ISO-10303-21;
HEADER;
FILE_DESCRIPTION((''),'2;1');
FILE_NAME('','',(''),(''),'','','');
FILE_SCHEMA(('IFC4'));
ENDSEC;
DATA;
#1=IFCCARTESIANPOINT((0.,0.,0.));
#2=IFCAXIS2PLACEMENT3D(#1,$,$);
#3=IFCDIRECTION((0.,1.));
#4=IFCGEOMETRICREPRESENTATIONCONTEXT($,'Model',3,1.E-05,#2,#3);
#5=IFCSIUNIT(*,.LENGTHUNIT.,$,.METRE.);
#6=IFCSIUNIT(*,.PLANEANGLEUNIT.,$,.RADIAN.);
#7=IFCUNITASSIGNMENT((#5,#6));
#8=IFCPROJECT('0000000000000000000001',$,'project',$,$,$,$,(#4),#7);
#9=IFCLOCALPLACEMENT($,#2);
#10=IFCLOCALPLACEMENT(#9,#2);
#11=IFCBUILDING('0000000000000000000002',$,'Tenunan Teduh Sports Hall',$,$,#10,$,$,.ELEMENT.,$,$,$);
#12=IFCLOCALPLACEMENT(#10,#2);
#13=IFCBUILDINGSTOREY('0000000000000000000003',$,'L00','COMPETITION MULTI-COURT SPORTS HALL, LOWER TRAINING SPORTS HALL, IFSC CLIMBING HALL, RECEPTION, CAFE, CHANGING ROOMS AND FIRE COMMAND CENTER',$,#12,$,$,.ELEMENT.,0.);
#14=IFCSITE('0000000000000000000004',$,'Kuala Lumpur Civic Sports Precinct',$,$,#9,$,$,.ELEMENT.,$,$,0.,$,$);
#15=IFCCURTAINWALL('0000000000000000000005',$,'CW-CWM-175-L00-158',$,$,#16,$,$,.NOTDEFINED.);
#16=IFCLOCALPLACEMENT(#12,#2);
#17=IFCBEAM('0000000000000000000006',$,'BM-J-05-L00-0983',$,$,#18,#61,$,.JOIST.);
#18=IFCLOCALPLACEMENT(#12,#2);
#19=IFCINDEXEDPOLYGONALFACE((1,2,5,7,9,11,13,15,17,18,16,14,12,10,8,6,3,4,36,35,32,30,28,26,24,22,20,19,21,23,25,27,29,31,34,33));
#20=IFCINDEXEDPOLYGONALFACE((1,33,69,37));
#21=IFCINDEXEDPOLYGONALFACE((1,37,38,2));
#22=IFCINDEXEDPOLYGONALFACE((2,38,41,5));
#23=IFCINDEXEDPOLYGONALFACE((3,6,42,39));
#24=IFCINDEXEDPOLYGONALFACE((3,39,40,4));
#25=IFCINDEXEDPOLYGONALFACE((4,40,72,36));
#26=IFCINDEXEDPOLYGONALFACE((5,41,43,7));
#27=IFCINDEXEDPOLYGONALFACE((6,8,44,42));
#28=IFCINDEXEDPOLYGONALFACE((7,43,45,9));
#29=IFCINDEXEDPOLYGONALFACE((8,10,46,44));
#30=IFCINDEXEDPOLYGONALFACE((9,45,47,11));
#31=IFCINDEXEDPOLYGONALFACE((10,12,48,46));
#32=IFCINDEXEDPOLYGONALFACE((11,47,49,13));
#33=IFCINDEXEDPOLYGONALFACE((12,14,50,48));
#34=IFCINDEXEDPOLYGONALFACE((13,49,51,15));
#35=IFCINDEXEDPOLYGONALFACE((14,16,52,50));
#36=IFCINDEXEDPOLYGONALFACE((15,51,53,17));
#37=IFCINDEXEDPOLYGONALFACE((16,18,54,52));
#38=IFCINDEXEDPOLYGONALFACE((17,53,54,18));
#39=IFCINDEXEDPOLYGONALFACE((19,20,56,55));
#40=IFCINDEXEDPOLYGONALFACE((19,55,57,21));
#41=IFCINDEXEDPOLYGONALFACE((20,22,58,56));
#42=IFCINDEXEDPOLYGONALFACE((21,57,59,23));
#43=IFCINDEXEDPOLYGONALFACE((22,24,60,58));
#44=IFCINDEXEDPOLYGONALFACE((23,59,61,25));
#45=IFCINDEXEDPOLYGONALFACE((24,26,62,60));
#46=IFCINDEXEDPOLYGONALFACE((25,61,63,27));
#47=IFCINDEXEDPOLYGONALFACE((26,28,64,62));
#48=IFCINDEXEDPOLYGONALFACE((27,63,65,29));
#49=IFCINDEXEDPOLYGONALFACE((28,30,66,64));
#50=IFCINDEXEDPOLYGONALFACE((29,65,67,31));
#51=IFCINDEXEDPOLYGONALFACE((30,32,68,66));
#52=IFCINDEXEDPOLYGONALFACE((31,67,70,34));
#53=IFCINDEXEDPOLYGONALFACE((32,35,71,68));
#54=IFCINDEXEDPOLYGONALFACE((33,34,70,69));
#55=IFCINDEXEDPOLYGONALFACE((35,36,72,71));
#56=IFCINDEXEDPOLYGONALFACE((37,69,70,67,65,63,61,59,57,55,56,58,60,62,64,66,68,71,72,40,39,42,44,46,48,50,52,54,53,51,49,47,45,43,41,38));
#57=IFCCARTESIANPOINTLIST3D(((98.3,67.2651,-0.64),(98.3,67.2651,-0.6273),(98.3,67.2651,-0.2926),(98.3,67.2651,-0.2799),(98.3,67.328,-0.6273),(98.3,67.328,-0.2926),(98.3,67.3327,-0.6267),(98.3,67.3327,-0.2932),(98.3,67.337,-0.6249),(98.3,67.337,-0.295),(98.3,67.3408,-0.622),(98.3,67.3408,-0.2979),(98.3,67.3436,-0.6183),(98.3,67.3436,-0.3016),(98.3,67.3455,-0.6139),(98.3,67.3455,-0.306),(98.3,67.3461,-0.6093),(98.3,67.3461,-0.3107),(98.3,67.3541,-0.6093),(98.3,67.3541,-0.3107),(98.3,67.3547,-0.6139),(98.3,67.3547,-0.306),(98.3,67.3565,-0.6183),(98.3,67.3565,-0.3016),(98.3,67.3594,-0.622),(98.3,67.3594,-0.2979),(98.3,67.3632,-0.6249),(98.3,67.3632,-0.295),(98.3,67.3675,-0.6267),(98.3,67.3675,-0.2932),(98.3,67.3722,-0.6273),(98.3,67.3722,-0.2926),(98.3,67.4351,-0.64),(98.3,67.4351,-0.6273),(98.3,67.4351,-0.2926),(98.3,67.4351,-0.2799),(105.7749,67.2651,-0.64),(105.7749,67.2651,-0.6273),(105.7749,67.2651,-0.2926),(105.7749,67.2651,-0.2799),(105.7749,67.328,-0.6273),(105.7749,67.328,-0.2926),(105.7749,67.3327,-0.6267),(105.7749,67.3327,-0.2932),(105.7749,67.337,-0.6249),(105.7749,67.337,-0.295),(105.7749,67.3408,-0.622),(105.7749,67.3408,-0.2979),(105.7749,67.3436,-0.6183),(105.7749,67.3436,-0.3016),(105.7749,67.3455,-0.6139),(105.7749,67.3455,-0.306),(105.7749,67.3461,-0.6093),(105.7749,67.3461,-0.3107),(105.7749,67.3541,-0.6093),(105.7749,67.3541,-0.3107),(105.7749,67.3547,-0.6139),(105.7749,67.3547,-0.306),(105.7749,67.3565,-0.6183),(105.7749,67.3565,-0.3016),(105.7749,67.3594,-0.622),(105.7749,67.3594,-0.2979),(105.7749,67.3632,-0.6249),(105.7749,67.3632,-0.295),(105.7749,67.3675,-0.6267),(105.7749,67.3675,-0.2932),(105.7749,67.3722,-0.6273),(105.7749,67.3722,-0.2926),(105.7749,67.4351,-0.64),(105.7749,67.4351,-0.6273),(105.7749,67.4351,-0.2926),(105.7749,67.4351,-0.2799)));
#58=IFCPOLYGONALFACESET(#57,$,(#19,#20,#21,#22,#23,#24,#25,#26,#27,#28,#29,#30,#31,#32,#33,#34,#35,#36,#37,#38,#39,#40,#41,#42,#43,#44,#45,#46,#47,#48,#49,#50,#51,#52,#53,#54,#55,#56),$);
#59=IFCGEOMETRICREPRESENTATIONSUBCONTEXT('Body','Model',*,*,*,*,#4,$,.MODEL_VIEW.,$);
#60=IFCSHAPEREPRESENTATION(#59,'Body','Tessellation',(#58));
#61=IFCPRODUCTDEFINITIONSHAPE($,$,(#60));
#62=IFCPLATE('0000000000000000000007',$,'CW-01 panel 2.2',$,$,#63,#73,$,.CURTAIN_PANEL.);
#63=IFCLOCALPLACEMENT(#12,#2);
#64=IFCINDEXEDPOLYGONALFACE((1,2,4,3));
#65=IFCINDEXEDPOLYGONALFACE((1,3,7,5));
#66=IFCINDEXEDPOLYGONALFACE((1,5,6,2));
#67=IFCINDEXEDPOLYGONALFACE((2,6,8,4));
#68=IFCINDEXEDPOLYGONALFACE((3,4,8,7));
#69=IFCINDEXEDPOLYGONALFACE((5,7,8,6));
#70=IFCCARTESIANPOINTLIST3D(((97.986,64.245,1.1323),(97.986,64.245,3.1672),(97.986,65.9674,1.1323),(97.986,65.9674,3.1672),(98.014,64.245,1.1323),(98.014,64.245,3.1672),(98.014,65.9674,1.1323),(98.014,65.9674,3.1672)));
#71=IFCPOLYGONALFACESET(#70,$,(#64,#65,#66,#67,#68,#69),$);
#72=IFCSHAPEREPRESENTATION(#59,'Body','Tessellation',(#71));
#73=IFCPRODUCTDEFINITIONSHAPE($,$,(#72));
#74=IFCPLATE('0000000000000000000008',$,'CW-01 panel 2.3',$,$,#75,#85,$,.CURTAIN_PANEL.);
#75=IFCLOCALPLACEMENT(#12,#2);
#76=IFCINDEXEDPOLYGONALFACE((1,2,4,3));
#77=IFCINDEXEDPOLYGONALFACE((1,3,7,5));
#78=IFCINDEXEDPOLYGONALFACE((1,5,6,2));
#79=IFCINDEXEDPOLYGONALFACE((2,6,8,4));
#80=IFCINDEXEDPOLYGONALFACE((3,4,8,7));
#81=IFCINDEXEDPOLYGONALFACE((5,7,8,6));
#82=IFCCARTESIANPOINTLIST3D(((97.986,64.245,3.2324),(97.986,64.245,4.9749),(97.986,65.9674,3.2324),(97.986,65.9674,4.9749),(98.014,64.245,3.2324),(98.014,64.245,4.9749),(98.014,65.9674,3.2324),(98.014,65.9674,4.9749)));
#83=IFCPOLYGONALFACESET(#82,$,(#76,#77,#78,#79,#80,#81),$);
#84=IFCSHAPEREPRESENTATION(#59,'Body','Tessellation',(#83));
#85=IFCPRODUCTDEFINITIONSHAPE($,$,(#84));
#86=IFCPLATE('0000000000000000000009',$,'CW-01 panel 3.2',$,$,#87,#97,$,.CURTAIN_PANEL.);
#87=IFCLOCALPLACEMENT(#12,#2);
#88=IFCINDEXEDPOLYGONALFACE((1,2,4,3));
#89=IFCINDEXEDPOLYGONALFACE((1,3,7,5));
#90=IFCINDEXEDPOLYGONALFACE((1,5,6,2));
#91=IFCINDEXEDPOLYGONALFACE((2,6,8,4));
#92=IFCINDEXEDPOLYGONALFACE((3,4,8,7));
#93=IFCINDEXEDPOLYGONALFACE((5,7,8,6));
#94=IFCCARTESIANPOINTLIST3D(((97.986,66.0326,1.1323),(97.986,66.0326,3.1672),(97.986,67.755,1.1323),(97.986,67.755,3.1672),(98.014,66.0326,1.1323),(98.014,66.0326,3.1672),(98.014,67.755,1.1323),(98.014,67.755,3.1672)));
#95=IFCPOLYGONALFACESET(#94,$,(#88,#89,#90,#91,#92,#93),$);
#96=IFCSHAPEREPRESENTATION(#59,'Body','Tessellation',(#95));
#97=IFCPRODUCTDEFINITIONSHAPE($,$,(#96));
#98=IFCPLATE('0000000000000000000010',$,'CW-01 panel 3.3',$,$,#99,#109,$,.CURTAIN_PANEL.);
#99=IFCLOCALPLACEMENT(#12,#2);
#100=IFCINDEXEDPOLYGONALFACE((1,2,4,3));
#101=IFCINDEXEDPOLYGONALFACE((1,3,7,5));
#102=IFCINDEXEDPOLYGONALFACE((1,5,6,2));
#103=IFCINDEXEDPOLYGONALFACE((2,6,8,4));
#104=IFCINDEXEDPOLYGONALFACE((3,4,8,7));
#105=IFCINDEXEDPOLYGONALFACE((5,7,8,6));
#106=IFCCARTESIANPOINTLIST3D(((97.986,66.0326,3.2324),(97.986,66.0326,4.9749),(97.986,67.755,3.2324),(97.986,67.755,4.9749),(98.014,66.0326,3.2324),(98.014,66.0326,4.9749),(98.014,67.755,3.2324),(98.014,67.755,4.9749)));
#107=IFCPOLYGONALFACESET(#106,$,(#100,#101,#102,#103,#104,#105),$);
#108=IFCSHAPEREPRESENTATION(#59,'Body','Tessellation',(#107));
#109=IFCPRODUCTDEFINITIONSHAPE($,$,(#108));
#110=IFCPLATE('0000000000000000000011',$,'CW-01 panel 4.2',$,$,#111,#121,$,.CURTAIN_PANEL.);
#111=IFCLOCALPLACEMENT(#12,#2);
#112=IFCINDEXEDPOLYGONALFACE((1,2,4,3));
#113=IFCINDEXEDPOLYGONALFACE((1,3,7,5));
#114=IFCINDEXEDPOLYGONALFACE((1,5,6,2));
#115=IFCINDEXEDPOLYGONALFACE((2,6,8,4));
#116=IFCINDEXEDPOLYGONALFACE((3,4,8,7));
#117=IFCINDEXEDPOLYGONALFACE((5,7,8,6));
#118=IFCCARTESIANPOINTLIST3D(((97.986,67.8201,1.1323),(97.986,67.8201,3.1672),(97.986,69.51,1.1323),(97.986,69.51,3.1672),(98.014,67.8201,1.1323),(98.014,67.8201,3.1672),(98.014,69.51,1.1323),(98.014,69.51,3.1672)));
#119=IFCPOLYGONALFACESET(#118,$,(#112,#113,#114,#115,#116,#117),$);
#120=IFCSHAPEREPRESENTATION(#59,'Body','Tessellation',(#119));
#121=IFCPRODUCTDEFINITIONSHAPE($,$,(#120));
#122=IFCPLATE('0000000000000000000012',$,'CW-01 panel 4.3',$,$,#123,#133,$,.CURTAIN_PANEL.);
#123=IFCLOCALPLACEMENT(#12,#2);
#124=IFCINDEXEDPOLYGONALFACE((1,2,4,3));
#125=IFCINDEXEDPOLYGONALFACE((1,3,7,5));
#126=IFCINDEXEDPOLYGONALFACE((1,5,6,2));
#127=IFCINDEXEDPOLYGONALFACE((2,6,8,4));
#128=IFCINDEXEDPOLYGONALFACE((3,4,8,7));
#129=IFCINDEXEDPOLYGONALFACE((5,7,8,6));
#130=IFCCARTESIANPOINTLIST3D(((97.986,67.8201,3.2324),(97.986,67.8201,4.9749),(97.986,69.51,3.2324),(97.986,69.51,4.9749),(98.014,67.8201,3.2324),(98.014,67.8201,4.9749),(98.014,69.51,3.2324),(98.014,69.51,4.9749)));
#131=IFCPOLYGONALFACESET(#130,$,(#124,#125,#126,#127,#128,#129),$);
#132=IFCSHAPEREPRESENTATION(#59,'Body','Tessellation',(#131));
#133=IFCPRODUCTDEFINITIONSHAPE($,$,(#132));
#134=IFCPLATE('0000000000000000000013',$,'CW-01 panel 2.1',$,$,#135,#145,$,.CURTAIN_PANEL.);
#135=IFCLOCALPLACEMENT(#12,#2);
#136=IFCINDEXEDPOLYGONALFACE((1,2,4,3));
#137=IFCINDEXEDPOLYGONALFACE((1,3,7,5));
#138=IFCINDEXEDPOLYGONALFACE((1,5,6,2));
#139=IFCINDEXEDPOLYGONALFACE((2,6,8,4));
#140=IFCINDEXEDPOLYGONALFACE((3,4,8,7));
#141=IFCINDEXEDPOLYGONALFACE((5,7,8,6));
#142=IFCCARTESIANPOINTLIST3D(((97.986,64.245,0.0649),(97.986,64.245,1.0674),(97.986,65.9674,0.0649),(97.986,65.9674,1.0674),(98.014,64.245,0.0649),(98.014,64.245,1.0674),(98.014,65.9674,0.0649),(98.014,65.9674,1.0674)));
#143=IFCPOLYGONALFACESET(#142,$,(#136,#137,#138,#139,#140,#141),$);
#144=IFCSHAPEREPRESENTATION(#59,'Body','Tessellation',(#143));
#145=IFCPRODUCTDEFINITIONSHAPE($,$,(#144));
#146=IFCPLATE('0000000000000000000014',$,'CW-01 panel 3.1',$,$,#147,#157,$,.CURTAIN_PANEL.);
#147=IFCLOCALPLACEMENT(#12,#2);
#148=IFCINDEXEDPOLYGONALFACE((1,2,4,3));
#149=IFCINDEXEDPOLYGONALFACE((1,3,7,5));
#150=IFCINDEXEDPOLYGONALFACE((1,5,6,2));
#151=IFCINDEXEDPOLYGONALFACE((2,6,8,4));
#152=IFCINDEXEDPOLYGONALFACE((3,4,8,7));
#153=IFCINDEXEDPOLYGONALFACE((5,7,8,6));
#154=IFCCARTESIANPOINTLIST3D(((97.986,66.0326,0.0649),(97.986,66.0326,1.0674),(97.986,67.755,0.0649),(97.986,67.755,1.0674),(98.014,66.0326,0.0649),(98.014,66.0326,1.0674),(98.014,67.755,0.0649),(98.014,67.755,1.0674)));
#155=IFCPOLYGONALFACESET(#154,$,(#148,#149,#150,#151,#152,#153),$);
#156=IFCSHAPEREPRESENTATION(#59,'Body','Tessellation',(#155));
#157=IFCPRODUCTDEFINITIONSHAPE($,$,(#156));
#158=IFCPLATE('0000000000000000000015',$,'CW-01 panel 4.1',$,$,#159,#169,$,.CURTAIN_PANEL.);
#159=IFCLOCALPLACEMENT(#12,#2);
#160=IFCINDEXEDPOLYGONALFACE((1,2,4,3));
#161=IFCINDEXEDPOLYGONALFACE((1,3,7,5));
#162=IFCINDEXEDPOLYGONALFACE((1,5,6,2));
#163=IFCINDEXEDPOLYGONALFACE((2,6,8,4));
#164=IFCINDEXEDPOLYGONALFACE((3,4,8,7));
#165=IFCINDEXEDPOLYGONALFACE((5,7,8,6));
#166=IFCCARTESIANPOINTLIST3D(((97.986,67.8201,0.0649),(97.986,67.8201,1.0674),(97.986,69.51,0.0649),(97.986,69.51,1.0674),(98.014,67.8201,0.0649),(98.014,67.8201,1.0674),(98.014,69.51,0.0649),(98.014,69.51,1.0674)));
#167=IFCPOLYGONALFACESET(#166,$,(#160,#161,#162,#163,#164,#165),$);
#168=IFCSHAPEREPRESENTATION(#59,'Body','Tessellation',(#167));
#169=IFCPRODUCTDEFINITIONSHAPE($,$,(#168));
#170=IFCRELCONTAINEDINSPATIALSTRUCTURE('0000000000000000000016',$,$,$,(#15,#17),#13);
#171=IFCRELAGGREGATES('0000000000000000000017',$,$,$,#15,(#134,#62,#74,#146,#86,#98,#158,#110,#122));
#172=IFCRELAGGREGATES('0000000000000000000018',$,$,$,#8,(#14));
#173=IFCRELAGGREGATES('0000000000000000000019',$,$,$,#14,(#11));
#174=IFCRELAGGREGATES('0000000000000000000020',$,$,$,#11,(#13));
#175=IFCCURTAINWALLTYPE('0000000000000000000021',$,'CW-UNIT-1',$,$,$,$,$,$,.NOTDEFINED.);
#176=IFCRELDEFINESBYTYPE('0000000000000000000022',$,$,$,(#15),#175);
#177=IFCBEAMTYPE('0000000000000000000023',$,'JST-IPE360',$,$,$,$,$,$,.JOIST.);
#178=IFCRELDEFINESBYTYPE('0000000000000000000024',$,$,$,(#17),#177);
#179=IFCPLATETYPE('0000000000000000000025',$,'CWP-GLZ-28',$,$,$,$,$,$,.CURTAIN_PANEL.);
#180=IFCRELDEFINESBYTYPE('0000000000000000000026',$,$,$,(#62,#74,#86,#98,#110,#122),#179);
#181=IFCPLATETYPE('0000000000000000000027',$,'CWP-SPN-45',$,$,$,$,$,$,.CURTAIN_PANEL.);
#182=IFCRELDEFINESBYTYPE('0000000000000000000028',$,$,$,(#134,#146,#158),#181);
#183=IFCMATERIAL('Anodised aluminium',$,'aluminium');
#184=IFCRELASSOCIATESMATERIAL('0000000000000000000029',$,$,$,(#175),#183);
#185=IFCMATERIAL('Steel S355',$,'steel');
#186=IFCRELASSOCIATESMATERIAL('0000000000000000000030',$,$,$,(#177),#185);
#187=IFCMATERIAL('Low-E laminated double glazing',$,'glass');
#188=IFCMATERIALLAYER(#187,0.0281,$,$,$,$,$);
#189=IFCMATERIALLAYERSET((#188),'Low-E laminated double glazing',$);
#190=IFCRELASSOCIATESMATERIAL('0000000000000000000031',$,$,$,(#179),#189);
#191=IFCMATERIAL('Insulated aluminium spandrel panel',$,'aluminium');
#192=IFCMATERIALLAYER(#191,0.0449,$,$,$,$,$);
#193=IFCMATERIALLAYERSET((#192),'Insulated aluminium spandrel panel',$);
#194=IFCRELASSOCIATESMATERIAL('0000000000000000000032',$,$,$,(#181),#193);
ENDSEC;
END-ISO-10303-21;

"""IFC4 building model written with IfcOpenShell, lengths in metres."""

from ifc_helpers import new_model, si_unit, direction, frame, origin, origin_2d, place, context, subcontext, project, spatial, rectangle, i_section, extrude, material, layer, layer_set, material_profile, profile_set, type_object, element, aggregate, save


model = new_model("IFC4")

# Units and contexts
model_context = context("Model", 3, precision=1e-05, world=origin(), true_north=direction((0.0, 1.0)))
body_context = subcontext(model_context, "Body", "Model", "MODEL_VIEW")
ifc_project = project(units=[si_unit("LENGTHUNIT", "METRE"), si_unit("PLANEANGLEUNIT", "RADIAN")], contexts=[model_context])

# Site, building, storey
site_placement = place(None, origin())
site = spatial("IfcSite", under=ifc_project, at=site_placement, Name="Kuala Lumpur Civic Sports Precinct", CompositionType="ELEMENT", RefElevation=0.0)
building_placement = place(site_placement, origin())
building = spatial("IfcBuilding", under=site, at=building_placement, Name="Tenunan Teduh Sports Hall", CompositionType="ELEMENT")
storey_placement = place(building_placement, origin())
storey = spatial("IfcBuildingStorey", under=building, at=storey_placement, Name="L00", Description="COMPETITION MULTI-COURT SPORTS HALL, LOWER TRAINING SPORTS HALL, IFSC CLIMBING HALL, RECEPTION, CAFE, CHANGING ROOMS AND FIRE COMMAND CENTER", CompositionType="ELEMENT", Elevation=0.0)

# Curtain wall
ifc_material_1 = material(Name="Anodised aluminium", Category="aluminium")
curtain_wall_type = type_object("IfcCurtainWallType", Name="CW-UNIT-1", PredefinedType="NOTDEFINED", material=ifc_material_1)
curtain_wall_placement = place(storey_placement, origin())
curtain_wall = element("IfcCurtainWall", 1, at=curtain_wall_placement, inside=storey, type_object=curtain_wall_type, Name="CW-CWM-175-L00-158", PredefinedType="NOTDEFINED")

# Beam
ifc_material_2 = material(Name="Steel S355", Category="steel")
ifc_material_profile_1 = material_profile(ifc_material_2, i_section(OverallWidth=0.1699, OverallDepth=0.3601, WebThickness=0.0081, FlangeThickness=0.0127, FilletRadius=0.0181, at=origin_2d()), Name="IPE 360")
ifc_profile_set_1 = profile_set([ifc_material_profile_1], Name="Steel S355")
beam_type_1 = type_object("IfcBeamType", Name="JST-IPE360", PredefinedType="JOIST", material=ifc_profile_set_1)
beam_1_placement = place(storey_placement, frame((98.3, 67.3501, -0.46), z_axis=(1.0, 0.0, 0.0), x_axis=(0.0, 1.0, 0.0)))
element("IfcBeam", 2, at=beam_1_placement, inside=storey, type_object=beam_type_1, Name="BM-J-05-L00-0983", PredefinedType="JOIST", context=body_context, shape_type="SweptSolid", body=[
    extrude(i_section(OverallWidth=0.1699, OverallDepth=0.3601, WebThickness=0.0081, FlangeThickness=0.0127, FilletRadius=0.0181, at=origin_2d()), origin(), (0.0, 0.0, 1.0), 7.4749),
])

# Plates
ifc_material_3 = material(Name="Low-E laminated double glazing", Category="glass")
ifc_layer_1 = layer(ifc_material_3, 0.0281)
ifc_layer_set_1 = layer_set([ifc_layer_1], Name="Low-E laminated double glazing")
plate_type_1 = type_object("IfcPlateType", Name="CWP-GLZ-28", PredefinedType="CURTAIN_PANEL", material=ifc_layer_set_1)
plate_1_placement = place(storey_placement, frame((98.0, 65.1062, 1.1323), z_axis=(0.0, 0.0, 1.0), x_axis=(0.0, 1.0, 0.0)))
plate_1 = element("IfcPlate", 3, at=plate_1_placement, type_object=plate_type_1, Name="CW-01 panel 2.2", PredefinedType="CURTAIN_PANEL", context=body_context, shape_type="SweptSolid", body=[
    extrude(rectangle(XDim=1.7224, YDim=0.0281, at=origin_2d()), origin(), (0.0, 0.0, 1.0), 2.0349),
])
plate_2_placement = place(storey_placement, frame((98.0, 65.1062, 3.2324), z_axis=(0.0, 0.0, 1.0), x_axis=(0.0, 1.0, 0.0)))
plate_2 = element("IfcPlate", 4, at=plate_2_placement, type_object=plate_type_1, Name="CW-01 panel 2.3", PredefinedType="CURTAIN_PANEL", context=body_context, shape_type="SweptSolid", body=[
    extrude(rectangle(XDim=1.7224, YDim=0.0281, at=origin_2d()), origin(), (0.0, 0.0, 1.0), 1.7424),
])
plate_3_placement = place(storey_placement, frame((98.0, 66.8938, 1.1323), z_axis=(0.0, 0.0, 1.0), x_axis=(0.0, 1.0, 0.0)))
plate_3 = element("IfcPlate", 5, at=plate_3_placement, type_object=plate_type_1, Name="CW-01 panel 3.2", PredefinedType="CURTAIN_PANEL", context=body_context, shape_type="SweptSolid", body=[
    extrude(rectangle(XDim=1.7224, YDim=0.0281, at=origin_2d()), origin(), (0.0, 0.0, 1.0), 2.0349),
])
plate_4_placement = place(storey_placement, frame((98.0, 66.8938, 3.2324), z_axis=(0.0, 0.0, 1.0), x_axis=(0.0, 1.0, 0.0)))
plate_4 = element("IfcPlate", 6, at=plate_4_placement, type_object=plate_type_1, Name="CW-01 panel 3.3", PredefinedType="CURTAIN_PANEL", context=body_context, shape_type="SweptSolid", body=[
    extrude(rectangle(XDim=1.7224, YDim=0.0281, at=origin_2d()), origin(), (0.0, 0.0, 1.0), 1.7424),
])
plate_5_placement = place(storey_placement, frame((98.0, 68.665, 1.1323), z_axis=(0.0, 0.0, 1.0), x_axis=(0.0, 1.0, 0.0)))
plate_5 = element("IfcPlate", 7, at=plate_5_placement, type_object=plate_type_1, Name="CW-01 panel 4.2", PredefinedType="CURTAIN_PANEL", context=body_context, shape_type="SweptSolid", body=[
    extrude(rectangle(XDim=1.6899, YDim=0.0281, at=origin_2d()), origin(), (0.0, 0.0, 1.0), 2.0349),
])
plate_6_placement = place(storey_placement, frame((98.0, 68.665, 3.2324), z_axis=(0.0, 0.0, 1.0), x_axis=(0.0, 1.0, 0.0)))
plate_6 = element("IfcPlate", 8, at=plate_6_placement, type_object=plate_type_1, Name="CW-01 panel 4.3", PredefinedType="CURTAIN_PANEL", context=body_context, shape_type="SweptSolid", body=[
    extrude(rectangle(XDim=1.6899, YDim=0.0281, at=origin_2d()), origin(), (0.0, 0.0, 1.0), 1.7424),
])
ifc_material_4 = material(Name="Insulated aluminium spandrel panel", Category="aluminium")
ifc_layer_2 = layer(ifc_material_4, 0.0449)
ifc_layer_set_2 = layer_set([ifc_layer_2], Name="Insulated aluminium spandrel panel")
plate_type_2 = type_object("IfcPlateType", Name="CWP-SPN-45", PredefinedType="CURTAIN_PANEL", material=ifc_layer_set_2)
plate_7_placement = place(storey_placement, frame((98.0, 65.1062, 0.0649), z_axis=(0.0, 0.0, 1.0), x_axis=(0.0, 1.0, 0.0)))
plate_7 = element("IfcPlate", 9, at=plate_7_placement, type_object=plate_type_2, Name="CW-01 panel 2.1", PredefinedType="CURTAIN_PANEL", context=body_context, shape_type="SweptSolid", body=[
    extrude(rectangle(XDim=1.7224, YDim=0.0281, at=origin_2d()), origin(), (0.0, 0.0, 1.0), 1.0024),
])
plate_8_placement = place(storey_placement, frame((98.0, 66.8938, 0.0649), z_axis=(0.0, 0.0, 1.0), x_axis=(0.0, 1.0, 0.0)))
plate_8 = element("IfcPlate", 10, at=plate_8_placement, type_object=plate_type_2, Name="CW-01 panel 3.1", PredefinedType="CURTAIN_PANEL", context=body_context, shape_type="SweptSolid", body=[
    extrude(rectangle(XDim=1.7224, YDim=0.0281, at=origin_2d()), origin(), (0.0, 0.0, 1.0), 1.0024),
])
plate_9_placement = place(storey_placement, frame((98.0, 68.665, 0.0649), z_axis=(0.0, 0.0, 1.0), x_axis=(0.0, 1.0, 0.0)))
plate_9 = element("IfcPlate", 11, at=plate_9_placement, type_object=plate_type_2, Name="CW-01 panel 4.1", PredefinedType="CURTAIN_PANEL", context=body_context, shape_type="SweptSolid", body=[
    extrude(rectangle(XDim=1.6899, YDim=0.0281, at=origin_2d()), origin(), (0.0, 0.0, 1.0), 1.0024),
])
aggregate(curtain_wall, [plate_7, plate_1, plate_2, plate_8, plate_3, plate_4, plate_9, plate_5, plate_6])

save(model, "model.ifc")
